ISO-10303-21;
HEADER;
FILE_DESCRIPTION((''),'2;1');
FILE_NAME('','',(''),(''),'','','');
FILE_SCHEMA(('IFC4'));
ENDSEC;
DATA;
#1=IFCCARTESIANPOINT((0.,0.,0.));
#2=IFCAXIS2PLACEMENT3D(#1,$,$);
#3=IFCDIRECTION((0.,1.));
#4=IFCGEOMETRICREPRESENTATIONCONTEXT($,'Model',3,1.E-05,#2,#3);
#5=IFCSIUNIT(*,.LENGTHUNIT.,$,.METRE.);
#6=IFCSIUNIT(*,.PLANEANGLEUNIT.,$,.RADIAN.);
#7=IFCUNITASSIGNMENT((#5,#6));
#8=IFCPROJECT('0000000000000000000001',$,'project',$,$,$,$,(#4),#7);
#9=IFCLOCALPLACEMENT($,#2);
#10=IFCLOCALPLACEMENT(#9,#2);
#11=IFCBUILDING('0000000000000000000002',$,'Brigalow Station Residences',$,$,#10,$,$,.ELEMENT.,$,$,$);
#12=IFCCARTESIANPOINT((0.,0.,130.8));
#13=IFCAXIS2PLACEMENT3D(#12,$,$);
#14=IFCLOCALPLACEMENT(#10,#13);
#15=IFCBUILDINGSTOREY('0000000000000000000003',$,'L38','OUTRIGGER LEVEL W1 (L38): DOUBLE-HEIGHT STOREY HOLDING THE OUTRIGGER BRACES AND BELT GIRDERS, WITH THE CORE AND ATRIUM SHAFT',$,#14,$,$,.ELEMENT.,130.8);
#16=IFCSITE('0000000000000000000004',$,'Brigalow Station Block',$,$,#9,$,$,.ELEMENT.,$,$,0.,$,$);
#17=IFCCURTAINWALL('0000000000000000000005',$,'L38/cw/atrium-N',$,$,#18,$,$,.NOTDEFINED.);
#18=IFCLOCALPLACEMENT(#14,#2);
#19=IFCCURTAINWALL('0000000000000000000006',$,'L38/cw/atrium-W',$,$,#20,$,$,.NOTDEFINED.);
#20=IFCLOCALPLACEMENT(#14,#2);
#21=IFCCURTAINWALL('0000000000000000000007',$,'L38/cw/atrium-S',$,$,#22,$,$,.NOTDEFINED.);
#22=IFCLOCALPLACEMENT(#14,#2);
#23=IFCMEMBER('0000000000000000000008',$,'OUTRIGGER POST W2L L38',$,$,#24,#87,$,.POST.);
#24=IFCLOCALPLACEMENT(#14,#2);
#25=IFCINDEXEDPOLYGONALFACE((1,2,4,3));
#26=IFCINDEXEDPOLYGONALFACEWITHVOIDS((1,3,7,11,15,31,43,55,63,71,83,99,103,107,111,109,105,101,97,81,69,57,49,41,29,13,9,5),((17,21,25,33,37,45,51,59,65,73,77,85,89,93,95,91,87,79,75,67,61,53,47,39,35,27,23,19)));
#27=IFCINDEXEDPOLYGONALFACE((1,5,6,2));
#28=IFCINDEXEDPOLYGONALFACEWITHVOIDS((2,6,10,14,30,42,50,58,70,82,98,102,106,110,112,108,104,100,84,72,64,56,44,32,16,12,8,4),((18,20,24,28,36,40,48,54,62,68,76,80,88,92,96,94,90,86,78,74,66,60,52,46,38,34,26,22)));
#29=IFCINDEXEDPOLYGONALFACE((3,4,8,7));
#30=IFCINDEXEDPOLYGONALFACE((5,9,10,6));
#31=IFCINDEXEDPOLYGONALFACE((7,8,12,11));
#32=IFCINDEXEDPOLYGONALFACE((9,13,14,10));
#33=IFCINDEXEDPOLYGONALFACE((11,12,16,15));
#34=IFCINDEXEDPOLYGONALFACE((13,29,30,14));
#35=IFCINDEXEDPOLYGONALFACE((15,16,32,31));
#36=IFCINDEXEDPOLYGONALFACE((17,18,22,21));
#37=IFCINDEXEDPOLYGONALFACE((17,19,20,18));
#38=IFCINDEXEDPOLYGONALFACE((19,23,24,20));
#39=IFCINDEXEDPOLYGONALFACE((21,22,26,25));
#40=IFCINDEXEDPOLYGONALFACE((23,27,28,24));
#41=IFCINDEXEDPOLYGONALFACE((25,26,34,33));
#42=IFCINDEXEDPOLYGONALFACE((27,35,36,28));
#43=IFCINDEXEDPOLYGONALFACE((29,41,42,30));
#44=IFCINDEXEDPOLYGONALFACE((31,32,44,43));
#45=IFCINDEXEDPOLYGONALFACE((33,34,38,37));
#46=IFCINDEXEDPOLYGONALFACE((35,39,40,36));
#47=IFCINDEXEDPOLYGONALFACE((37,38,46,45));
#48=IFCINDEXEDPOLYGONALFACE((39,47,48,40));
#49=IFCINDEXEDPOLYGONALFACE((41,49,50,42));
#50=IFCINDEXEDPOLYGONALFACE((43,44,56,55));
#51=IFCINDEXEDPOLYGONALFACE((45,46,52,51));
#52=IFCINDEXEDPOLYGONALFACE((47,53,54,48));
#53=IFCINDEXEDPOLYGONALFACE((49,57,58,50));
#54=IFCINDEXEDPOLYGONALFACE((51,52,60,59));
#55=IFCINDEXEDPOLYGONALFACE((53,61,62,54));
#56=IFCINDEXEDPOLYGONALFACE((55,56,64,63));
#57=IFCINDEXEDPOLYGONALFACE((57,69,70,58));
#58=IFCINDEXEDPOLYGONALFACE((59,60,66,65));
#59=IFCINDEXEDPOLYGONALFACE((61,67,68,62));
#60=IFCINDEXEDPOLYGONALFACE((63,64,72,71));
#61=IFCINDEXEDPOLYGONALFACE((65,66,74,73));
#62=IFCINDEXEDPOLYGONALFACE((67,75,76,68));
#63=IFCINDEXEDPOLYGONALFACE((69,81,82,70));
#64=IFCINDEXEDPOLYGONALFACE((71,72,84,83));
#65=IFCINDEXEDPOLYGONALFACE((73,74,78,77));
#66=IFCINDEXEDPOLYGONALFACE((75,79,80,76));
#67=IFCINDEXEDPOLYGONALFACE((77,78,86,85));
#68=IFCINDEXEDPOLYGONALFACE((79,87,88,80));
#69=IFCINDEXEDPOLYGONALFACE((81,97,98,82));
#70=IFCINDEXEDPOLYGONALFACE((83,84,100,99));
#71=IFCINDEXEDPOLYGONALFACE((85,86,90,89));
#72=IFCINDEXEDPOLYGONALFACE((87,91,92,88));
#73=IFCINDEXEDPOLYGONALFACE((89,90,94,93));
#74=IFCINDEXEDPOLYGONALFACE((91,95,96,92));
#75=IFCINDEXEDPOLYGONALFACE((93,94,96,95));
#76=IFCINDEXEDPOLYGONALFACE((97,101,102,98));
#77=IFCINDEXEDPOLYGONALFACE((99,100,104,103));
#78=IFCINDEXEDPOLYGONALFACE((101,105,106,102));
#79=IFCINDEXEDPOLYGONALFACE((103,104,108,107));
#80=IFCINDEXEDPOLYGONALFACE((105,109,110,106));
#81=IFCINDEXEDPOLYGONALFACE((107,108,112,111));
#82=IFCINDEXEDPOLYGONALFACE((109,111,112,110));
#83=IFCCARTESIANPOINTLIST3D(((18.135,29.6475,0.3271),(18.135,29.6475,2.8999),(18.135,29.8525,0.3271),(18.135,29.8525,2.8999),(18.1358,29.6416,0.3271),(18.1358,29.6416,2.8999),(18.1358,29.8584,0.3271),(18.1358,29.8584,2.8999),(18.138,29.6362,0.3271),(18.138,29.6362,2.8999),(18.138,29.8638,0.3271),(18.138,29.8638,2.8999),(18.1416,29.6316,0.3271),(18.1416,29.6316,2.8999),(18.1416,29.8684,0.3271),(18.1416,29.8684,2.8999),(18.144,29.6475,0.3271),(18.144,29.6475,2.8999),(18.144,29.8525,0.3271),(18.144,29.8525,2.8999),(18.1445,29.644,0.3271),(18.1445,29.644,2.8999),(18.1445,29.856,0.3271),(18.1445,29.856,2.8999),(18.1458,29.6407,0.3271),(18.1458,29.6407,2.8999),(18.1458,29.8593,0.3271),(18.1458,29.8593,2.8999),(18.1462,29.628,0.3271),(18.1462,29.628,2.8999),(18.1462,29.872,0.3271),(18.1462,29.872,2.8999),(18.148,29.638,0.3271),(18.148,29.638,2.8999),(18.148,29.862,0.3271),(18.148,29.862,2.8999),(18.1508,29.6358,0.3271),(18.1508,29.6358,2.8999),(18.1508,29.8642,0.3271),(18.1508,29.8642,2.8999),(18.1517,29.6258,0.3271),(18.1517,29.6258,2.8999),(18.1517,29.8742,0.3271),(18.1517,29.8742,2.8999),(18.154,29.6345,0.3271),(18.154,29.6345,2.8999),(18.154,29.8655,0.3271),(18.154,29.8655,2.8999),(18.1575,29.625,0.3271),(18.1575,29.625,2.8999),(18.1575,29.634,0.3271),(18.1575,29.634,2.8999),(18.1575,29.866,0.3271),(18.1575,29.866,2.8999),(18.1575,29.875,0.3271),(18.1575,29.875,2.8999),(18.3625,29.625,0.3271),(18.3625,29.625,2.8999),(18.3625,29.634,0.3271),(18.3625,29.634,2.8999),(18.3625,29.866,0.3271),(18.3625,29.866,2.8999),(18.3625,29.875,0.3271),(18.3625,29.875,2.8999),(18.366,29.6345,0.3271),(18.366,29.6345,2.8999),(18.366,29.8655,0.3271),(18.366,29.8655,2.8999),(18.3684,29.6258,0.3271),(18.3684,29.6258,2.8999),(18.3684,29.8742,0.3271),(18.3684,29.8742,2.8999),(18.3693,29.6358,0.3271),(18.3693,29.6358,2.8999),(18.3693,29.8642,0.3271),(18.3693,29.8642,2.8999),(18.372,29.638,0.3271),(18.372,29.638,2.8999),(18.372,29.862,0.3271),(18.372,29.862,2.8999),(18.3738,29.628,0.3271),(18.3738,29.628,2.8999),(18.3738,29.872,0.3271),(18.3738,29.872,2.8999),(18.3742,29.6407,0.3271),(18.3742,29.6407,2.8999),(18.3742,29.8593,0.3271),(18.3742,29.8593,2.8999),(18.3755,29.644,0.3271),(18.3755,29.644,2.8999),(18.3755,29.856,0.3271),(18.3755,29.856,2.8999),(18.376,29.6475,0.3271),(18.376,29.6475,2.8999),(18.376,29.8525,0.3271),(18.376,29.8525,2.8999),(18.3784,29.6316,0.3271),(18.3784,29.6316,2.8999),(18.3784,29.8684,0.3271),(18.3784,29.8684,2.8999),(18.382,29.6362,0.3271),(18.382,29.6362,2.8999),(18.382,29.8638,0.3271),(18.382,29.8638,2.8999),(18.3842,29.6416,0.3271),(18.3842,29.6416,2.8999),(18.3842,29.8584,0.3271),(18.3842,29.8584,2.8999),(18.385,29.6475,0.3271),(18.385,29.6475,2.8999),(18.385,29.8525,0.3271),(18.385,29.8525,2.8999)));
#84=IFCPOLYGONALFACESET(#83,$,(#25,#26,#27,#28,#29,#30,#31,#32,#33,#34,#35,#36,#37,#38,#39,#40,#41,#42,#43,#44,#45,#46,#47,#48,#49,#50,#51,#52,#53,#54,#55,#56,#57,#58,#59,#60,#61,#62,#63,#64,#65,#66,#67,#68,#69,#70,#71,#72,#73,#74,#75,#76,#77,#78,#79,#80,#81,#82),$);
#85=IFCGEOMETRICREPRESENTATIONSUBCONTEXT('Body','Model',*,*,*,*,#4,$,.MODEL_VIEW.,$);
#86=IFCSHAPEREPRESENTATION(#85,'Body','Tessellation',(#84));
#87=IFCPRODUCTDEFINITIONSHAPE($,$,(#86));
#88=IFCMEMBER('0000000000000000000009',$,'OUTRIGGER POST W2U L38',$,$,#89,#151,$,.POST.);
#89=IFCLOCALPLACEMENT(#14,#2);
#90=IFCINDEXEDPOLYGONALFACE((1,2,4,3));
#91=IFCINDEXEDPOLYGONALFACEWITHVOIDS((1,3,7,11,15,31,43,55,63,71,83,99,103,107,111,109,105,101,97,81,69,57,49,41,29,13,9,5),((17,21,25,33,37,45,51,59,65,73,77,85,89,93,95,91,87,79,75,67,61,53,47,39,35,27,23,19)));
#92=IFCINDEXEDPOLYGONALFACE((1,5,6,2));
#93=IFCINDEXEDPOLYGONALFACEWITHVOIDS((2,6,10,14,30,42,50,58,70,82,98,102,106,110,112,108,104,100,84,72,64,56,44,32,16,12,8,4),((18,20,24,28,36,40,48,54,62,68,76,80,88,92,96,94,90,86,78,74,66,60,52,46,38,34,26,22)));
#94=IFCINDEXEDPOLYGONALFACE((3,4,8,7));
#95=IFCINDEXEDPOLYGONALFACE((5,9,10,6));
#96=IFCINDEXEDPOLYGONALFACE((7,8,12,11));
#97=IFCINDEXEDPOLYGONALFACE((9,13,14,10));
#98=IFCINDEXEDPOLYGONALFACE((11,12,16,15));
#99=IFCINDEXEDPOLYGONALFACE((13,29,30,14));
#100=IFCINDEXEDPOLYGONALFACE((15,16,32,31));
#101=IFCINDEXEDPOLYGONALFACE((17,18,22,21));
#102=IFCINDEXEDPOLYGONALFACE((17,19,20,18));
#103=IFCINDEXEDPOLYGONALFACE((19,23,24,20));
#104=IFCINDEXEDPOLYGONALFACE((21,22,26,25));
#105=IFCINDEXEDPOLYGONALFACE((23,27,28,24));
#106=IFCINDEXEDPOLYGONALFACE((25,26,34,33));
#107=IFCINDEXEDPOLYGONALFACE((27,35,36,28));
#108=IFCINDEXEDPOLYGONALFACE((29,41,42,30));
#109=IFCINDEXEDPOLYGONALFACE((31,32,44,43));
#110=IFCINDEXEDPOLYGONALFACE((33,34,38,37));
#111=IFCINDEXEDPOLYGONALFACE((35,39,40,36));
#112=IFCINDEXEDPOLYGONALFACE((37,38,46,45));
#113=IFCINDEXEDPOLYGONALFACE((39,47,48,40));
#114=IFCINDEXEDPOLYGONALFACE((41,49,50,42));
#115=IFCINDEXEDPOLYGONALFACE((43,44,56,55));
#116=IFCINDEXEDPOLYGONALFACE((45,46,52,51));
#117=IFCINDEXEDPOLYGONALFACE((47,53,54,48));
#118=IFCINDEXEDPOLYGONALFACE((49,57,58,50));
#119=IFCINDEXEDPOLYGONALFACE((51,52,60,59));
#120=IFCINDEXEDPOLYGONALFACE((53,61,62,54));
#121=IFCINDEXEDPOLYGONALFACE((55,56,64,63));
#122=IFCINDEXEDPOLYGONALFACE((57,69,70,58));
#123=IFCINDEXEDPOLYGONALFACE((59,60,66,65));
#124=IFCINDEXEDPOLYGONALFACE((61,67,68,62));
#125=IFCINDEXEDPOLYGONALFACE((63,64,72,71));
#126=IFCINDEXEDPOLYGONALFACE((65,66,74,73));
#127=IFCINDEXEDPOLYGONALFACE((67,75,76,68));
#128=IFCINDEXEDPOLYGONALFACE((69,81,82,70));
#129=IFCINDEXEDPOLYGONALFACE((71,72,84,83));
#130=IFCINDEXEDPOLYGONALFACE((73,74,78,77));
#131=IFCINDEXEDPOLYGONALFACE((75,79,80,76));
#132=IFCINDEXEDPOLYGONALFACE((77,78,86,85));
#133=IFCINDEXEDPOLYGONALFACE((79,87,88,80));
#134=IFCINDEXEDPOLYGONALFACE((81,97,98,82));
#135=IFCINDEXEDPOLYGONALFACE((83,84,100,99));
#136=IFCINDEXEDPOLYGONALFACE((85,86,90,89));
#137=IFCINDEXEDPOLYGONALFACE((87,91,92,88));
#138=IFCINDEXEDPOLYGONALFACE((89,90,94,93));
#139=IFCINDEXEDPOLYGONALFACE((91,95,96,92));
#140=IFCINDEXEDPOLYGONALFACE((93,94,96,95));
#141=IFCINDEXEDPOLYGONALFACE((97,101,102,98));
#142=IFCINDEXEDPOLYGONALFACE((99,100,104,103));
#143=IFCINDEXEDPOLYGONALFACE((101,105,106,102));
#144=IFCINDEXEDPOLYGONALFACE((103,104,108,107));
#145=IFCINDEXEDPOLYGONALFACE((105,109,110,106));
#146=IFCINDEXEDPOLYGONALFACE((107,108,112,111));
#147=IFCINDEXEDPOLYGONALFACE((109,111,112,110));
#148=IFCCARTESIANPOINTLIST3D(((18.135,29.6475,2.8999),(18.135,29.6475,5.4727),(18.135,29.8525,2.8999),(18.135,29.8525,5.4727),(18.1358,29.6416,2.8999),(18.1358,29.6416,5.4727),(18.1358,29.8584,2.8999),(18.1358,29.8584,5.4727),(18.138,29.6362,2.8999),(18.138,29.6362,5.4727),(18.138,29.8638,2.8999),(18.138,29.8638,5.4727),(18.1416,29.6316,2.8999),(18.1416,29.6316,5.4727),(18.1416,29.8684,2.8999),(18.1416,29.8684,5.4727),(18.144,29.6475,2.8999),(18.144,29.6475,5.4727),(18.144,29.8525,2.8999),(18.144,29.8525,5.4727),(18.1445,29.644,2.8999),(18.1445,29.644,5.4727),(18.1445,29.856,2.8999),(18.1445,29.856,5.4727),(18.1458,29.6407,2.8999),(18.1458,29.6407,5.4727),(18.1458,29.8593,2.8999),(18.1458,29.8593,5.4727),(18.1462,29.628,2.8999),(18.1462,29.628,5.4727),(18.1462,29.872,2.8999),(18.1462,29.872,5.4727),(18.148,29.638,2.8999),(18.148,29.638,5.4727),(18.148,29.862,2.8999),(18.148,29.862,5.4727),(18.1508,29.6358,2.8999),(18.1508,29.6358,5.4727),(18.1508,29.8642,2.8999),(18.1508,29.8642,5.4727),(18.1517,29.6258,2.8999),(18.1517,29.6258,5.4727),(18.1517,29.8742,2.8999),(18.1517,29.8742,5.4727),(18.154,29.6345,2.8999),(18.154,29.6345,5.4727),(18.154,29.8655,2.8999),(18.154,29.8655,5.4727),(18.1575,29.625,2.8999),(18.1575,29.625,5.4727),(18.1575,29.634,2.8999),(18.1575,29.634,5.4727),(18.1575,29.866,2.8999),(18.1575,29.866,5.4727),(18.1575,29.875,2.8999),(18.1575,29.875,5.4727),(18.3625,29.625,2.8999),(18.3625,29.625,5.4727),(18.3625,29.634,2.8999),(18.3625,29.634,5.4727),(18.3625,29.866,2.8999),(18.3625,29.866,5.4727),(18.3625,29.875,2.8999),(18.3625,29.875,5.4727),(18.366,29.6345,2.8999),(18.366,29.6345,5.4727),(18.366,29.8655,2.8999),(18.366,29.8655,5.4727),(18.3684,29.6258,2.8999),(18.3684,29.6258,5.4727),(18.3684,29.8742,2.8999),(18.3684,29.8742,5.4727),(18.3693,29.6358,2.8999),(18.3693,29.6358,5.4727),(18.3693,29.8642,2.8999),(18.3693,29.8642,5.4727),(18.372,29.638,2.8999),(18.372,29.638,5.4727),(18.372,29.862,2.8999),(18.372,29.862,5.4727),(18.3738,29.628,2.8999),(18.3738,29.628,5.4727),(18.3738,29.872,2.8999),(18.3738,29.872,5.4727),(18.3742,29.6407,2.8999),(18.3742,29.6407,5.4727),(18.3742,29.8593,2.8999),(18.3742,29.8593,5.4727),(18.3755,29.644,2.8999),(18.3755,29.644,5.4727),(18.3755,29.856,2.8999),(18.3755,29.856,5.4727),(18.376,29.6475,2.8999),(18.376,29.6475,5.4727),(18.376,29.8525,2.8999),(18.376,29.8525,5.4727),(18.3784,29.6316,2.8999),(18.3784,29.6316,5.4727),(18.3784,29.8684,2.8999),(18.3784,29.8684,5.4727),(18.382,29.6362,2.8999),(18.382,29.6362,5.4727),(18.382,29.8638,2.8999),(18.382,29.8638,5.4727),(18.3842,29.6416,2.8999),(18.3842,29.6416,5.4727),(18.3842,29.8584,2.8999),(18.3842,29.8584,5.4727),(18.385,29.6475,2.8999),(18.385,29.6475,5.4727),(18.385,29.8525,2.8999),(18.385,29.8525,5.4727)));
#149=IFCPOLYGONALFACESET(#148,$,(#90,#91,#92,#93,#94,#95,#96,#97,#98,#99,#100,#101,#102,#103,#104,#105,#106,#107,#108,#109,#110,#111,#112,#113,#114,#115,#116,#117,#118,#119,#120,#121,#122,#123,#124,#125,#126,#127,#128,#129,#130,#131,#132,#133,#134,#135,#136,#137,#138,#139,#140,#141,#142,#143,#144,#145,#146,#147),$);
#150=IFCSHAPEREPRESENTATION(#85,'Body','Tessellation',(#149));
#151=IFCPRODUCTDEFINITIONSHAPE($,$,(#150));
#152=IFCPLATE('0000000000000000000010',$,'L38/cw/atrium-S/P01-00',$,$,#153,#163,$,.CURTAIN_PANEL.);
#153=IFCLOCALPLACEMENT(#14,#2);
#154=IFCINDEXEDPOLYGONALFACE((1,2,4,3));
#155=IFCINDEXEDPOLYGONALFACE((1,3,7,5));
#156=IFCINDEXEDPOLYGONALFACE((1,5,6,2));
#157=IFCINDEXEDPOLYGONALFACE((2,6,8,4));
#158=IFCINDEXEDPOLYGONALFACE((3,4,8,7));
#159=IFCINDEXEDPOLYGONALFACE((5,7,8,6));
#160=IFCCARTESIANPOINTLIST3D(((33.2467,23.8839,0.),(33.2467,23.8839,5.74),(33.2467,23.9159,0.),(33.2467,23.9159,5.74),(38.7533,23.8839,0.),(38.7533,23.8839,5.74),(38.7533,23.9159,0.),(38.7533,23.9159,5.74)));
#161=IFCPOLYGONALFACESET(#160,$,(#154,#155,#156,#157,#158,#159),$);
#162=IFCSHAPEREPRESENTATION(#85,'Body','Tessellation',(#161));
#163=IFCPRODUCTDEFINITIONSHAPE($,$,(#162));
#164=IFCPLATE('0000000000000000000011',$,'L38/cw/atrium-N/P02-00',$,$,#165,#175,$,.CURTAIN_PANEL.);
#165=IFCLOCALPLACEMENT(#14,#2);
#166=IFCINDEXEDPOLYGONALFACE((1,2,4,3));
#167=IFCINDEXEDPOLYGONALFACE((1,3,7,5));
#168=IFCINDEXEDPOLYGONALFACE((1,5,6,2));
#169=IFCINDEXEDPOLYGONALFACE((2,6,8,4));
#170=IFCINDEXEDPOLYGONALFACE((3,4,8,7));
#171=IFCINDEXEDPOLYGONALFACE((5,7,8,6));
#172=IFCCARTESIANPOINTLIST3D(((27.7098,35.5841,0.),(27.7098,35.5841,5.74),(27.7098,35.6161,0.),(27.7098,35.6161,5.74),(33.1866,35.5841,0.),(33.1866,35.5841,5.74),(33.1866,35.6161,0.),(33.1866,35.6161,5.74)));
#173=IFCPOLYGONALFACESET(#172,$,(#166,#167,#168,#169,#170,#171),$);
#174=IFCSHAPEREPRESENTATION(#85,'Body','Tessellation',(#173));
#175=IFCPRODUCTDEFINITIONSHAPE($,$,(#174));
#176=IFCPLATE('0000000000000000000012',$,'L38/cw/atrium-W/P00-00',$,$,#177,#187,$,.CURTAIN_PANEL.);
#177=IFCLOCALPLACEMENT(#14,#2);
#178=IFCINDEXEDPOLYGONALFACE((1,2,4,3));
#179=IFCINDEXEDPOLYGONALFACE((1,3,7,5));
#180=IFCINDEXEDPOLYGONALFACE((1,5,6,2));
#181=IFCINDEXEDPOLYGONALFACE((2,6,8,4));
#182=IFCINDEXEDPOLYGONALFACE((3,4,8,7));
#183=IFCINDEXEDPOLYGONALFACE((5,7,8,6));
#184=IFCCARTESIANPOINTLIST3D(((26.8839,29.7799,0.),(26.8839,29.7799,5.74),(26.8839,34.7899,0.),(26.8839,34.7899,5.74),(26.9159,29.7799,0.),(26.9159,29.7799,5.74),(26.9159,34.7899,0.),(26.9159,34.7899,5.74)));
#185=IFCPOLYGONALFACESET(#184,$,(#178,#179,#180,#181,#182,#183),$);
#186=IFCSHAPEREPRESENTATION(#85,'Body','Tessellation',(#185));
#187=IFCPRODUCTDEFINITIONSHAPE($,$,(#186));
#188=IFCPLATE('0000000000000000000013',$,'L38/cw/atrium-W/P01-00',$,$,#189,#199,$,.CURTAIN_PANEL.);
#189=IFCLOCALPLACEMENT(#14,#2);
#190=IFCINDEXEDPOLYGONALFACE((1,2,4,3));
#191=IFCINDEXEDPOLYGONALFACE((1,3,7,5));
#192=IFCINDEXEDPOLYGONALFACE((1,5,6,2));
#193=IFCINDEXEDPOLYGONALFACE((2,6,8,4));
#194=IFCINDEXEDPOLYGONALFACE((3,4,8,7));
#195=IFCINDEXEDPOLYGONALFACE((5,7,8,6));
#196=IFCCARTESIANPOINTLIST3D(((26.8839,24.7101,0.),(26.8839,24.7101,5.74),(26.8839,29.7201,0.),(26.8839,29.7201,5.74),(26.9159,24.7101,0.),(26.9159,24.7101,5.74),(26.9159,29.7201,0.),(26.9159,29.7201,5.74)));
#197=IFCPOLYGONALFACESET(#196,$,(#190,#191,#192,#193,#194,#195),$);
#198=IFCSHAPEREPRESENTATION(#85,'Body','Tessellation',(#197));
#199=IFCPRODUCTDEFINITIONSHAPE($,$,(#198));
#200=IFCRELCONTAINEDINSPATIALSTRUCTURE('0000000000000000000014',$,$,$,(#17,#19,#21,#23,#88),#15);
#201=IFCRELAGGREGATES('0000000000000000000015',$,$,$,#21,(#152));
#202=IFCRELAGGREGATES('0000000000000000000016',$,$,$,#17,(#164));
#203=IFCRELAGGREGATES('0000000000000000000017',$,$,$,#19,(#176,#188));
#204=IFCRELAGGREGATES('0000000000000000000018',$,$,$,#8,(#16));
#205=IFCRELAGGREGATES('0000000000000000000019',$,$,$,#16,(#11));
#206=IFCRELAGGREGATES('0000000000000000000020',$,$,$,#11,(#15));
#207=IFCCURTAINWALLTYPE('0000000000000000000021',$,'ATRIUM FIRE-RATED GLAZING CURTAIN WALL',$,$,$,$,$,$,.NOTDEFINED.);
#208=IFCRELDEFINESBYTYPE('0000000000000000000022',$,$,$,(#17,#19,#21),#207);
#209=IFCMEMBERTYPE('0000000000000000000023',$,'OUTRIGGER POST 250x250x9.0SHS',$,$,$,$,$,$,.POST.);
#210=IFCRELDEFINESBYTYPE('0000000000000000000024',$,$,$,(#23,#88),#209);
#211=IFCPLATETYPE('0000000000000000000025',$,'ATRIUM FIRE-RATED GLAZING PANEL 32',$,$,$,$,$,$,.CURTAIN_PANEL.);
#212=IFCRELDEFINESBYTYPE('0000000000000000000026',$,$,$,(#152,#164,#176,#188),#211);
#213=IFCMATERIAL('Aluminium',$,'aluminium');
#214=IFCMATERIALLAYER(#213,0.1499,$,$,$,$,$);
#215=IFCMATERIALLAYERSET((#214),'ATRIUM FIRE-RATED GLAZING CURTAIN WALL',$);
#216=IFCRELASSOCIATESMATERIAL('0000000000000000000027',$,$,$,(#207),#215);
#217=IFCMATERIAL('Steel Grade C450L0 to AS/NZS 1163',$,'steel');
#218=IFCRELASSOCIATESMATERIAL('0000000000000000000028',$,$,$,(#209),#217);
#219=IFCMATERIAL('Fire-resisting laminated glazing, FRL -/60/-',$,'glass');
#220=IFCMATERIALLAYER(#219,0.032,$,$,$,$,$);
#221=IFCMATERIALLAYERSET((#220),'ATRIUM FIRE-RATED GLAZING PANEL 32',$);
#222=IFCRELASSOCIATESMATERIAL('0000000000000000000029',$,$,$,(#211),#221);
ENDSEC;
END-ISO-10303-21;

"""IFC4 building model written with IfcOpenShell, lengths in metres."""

from ifc_helpers import new_model, si_unit, direction, frame, origin, origin_2d, place, context, subcontext, project, spatial, rectangle, hollow_rectangle, extrude, material, layer, layer_set, material_profile, profile_set, type_object, element, aggregate, save


model = new_model("IFC4")

# Units and contexts
model_context = context("Model", 3, precision=1e-05, world=origin(), true_north=direction((0.0, 1.0)))
body_context = subcontext(model_context, "Body", "Model", "MODEL_VIEW")
ifc_project = project(units=[si_unit("LENGTHUNIT", "METRE"), si_unit("PLANEANGLEUNIT", "RADIAN")], contexts=[model_context])

# Site, building, storey
site_placement = place(None, origin())
site = spatial("IfcSite", under=ifc_project, at=site_placement, Name="Brigalow Station Block", CompositionType="ELEMENT", RefElevation=0.0)
building_placement = place(site_placement, origin())
building = spatial("IfcBuilding", under=site, at=building_placement, Name="Brigalow Station Residences", CompositionType="ELEMENT")
storey_placement = place(building_placement, frame((0.0, 0.0, 130.8)))
storey = spatial("IfcBuildingStorey", under=building, at=storey_placement, Name="L38", Description="OUTRIGGER LEVEL W1 (L38): DOUBLE-HEIGHT STOREY HOLDING THE OUTRIGGER BRACES AND BELT GIRDERS, WITH THE CORE AND ATRIUM SHAFT", CompositionType="ELEMENT", Elevation=130.8)

# Curtain wall
ifc_material_1 = material(Name="Aluminium", Category="aluminium")
ifc_layer_1 = layer(ifc_material_1, 0.1499)
ifc_layer_set_1 = layer_set([ifc_layer_1], Name="ATRIUM FIRE-RATED GLAZING CURTAIN WALL")
curtain_wall_type = type_object("IfcCurtainWallType", Name="ATRIUM FIRE-RATED GLAZING CURTAIN WALL", PredefinedType="NOTDEFINED", material=ifc_layer_set_1)
curtain_wall_1_placement = place(storey_placement, origin())
curtain_wall_1 = element("IfcCurtainWall", 1, at=curtain_wall_1_placement, inside=storey, type_object=curtain_wall_type, Name="L38/cw/atrium-N", PredefinedType="NOTDEFINED")

# Curtain wall
curtain_wall_2_placement = place(storey_placement, origin())
curtain_wall_2 = element("IfcCurtainWall", 2, at=curtain_wall_2_placement, inside=storey, type_object=curtain_wall_type, Name="L38/cw/atrium-W", PredefinedType="NOTDEFINED")

# Curtain wall
curtain_wall_3_placement = place(storey_placement, origin())
curtain_wall_3 = element("IfcCurtainWall", 3, at=curtain_wall_3_placement, inside=storey, type_object=curtain_wall_type, Name="L38/cw/atrium-S", PredefinedType="NOTDEFINED")

# Members
ifc_material_2 = material(Name="Steel Grade C450L0 to AS/NZS 1163", Category="steel")
ifc_material_profile_1 = material_profile(ifc_material_2, hollow_rectangle(XDim=0.25, YDim=0.25, WallThickness=0.009, InnerFilletRadius=0.0134, OuterFilletRadius=0.0225, at=origin_2d()), Name="250x250x9.0SHS")
ifc_profile_set_1 = profile_set([ifc_material_profile_1], Name="Steel Grade C450L0 to AS/NZS 1163")
member_type_1 = type_object("IfcMemberType", Name="OUTRIGGER POST 250x250x9.0SHS", PredefinedType="POST", material=ifc_profile_set_1)
for number, where, z_axis, x_axis, name in (
    (4, (18.26, 29.75, 0.3271), (0.0, 0.0, 1.0), (1.0, 0.0, 0.0), "OUTRIGGER POST W2L L38"),
    (5, (18.26, 29.75, 2.8999), (0.0, 0.0, 1.0), (1.0, 0.0, 0.0), "OUTRIGGER POST W2U L38"),
):
    element("IfcMember", number, at=place(storey_placement, frame(where, z_axis=z_axis, x_axis=x_axis)), inside=storey, type_object=member_type_1, Name=name, PredefinedType="POST", context=body_context, shape_type="SweptSolid", body=[
        extrude(hollow_rectangle(XDim=0.25, YDim=0.25, WallThickness=0.009, InnerFilletRadius=0.0134, OuterFilletRadius=0.0225, at=origin_2d()), origin(), (0.0, 0.0, 1.0), 2.5728),
    ])

# Plates
ifc_material_3 = material(Name="Fire-resisting laminated glazing, FRL -/60/-", Category="glass")
ifc_layer_2 = layer(ifc_material_3, 0.032)
ifc_layer_set_2 = layer_set([ifc_layer_2], Name="ATRIUM FIRE-RATED GLAZING PANEL 32")
plate_type = type_object("IfcPlateType", Name="ATRIUM FIRE-RATED GLAZING PANEL 32", PredefinedType="CURTAIN_PANEL", material=ifc_layer_set_2)
plate_1_placement = place(storey_placement, frame((36.0, 23.8999, 0.0), z_axis=(0.0, 0.0, 1.0), x_axis=(1.0, 0.0, 0.0)))
plate_1 = element("IfcPlate", 6, at=plate_1_placement, type_object=plate_type, Name="L38/cw/atrium-S/P01-00", PredefinedType="CURTAIN_PANEL", context=body_context, shape_type="SweptSolid", body=[
    extrude(rectangle(XDim=5.5066, YDim=0.032, at=origin_2d()), origin(), (0.0, 0.0, 1.0), 5.74),
])
aggregate(curtain_wall_3, [plate_1])
plate_2_placement = place(storey_placement, frame((30.4482, 35.6001, 0.0), z_axis=(0.0, 0.0, 1.0), x_axis=(-1.0, 0.0, 0.0)))
plate_2 = element("IfcPlate", 7, at=plate_2_placement, type_object=plate_type, Name="L38/cw/atrium-N/P02-00", PredefinedType="CURTAIN_PANEL", context=body_context, shape_type="SweptSolid", body=[
    extrude(rectangle(XDim=5.4768, YDim=0.032, at=origin_2d()), origin(), (0.0, 0.0, 1.0), 5.74),
])
aggregate(curtain_wall_1, [plate_2])
plate_3_placement = place(storey_placement, frame((26.8999, 32.2849, 0.0), z_axis=(0.0, 0.0, 1.0), x_axis=(0.0, -1.0, 0.0)))
plate_3 = element("IfcPlate", 8, at=plate_3_placement, type_object=plate_type, Name="L38/cw/atrium-W/P00-00", PredefinedType="CURTAIN_PANEL", context=body_context, shape_type="SweptSolid", body=[
    extrude(rectangle(XDim=5.01, YDim=0.032, at=origin_2d()), origin(), (0.0, 0.0, 1.0), 5.74),
])
plate_4_placement = place(storey_placement, frame((26.8999, 27.2151, 0.0), z_axis=(0.0, 0.0, 1.0), x_axis=(0.0, -1.0, 0.0)))
plate_4 = element("IfcPlate", 9, at=plate_4_placement, type_object=plate_type, Name="L38/cw/atrium-W/P01-00", PredefinedType="CURTAIN_PANEL", context=body_context, shape_type="SweptSolid", body=[
    extrude(rectangle(XDim=5.01, YDim=0.032, at=origin_2d()), origin(), (0.0, 0.0, 1.0), 5.74),
])
aggregate(curtain_wall_2, [plate_3, plate_4])

save(model, "model.ifc")
